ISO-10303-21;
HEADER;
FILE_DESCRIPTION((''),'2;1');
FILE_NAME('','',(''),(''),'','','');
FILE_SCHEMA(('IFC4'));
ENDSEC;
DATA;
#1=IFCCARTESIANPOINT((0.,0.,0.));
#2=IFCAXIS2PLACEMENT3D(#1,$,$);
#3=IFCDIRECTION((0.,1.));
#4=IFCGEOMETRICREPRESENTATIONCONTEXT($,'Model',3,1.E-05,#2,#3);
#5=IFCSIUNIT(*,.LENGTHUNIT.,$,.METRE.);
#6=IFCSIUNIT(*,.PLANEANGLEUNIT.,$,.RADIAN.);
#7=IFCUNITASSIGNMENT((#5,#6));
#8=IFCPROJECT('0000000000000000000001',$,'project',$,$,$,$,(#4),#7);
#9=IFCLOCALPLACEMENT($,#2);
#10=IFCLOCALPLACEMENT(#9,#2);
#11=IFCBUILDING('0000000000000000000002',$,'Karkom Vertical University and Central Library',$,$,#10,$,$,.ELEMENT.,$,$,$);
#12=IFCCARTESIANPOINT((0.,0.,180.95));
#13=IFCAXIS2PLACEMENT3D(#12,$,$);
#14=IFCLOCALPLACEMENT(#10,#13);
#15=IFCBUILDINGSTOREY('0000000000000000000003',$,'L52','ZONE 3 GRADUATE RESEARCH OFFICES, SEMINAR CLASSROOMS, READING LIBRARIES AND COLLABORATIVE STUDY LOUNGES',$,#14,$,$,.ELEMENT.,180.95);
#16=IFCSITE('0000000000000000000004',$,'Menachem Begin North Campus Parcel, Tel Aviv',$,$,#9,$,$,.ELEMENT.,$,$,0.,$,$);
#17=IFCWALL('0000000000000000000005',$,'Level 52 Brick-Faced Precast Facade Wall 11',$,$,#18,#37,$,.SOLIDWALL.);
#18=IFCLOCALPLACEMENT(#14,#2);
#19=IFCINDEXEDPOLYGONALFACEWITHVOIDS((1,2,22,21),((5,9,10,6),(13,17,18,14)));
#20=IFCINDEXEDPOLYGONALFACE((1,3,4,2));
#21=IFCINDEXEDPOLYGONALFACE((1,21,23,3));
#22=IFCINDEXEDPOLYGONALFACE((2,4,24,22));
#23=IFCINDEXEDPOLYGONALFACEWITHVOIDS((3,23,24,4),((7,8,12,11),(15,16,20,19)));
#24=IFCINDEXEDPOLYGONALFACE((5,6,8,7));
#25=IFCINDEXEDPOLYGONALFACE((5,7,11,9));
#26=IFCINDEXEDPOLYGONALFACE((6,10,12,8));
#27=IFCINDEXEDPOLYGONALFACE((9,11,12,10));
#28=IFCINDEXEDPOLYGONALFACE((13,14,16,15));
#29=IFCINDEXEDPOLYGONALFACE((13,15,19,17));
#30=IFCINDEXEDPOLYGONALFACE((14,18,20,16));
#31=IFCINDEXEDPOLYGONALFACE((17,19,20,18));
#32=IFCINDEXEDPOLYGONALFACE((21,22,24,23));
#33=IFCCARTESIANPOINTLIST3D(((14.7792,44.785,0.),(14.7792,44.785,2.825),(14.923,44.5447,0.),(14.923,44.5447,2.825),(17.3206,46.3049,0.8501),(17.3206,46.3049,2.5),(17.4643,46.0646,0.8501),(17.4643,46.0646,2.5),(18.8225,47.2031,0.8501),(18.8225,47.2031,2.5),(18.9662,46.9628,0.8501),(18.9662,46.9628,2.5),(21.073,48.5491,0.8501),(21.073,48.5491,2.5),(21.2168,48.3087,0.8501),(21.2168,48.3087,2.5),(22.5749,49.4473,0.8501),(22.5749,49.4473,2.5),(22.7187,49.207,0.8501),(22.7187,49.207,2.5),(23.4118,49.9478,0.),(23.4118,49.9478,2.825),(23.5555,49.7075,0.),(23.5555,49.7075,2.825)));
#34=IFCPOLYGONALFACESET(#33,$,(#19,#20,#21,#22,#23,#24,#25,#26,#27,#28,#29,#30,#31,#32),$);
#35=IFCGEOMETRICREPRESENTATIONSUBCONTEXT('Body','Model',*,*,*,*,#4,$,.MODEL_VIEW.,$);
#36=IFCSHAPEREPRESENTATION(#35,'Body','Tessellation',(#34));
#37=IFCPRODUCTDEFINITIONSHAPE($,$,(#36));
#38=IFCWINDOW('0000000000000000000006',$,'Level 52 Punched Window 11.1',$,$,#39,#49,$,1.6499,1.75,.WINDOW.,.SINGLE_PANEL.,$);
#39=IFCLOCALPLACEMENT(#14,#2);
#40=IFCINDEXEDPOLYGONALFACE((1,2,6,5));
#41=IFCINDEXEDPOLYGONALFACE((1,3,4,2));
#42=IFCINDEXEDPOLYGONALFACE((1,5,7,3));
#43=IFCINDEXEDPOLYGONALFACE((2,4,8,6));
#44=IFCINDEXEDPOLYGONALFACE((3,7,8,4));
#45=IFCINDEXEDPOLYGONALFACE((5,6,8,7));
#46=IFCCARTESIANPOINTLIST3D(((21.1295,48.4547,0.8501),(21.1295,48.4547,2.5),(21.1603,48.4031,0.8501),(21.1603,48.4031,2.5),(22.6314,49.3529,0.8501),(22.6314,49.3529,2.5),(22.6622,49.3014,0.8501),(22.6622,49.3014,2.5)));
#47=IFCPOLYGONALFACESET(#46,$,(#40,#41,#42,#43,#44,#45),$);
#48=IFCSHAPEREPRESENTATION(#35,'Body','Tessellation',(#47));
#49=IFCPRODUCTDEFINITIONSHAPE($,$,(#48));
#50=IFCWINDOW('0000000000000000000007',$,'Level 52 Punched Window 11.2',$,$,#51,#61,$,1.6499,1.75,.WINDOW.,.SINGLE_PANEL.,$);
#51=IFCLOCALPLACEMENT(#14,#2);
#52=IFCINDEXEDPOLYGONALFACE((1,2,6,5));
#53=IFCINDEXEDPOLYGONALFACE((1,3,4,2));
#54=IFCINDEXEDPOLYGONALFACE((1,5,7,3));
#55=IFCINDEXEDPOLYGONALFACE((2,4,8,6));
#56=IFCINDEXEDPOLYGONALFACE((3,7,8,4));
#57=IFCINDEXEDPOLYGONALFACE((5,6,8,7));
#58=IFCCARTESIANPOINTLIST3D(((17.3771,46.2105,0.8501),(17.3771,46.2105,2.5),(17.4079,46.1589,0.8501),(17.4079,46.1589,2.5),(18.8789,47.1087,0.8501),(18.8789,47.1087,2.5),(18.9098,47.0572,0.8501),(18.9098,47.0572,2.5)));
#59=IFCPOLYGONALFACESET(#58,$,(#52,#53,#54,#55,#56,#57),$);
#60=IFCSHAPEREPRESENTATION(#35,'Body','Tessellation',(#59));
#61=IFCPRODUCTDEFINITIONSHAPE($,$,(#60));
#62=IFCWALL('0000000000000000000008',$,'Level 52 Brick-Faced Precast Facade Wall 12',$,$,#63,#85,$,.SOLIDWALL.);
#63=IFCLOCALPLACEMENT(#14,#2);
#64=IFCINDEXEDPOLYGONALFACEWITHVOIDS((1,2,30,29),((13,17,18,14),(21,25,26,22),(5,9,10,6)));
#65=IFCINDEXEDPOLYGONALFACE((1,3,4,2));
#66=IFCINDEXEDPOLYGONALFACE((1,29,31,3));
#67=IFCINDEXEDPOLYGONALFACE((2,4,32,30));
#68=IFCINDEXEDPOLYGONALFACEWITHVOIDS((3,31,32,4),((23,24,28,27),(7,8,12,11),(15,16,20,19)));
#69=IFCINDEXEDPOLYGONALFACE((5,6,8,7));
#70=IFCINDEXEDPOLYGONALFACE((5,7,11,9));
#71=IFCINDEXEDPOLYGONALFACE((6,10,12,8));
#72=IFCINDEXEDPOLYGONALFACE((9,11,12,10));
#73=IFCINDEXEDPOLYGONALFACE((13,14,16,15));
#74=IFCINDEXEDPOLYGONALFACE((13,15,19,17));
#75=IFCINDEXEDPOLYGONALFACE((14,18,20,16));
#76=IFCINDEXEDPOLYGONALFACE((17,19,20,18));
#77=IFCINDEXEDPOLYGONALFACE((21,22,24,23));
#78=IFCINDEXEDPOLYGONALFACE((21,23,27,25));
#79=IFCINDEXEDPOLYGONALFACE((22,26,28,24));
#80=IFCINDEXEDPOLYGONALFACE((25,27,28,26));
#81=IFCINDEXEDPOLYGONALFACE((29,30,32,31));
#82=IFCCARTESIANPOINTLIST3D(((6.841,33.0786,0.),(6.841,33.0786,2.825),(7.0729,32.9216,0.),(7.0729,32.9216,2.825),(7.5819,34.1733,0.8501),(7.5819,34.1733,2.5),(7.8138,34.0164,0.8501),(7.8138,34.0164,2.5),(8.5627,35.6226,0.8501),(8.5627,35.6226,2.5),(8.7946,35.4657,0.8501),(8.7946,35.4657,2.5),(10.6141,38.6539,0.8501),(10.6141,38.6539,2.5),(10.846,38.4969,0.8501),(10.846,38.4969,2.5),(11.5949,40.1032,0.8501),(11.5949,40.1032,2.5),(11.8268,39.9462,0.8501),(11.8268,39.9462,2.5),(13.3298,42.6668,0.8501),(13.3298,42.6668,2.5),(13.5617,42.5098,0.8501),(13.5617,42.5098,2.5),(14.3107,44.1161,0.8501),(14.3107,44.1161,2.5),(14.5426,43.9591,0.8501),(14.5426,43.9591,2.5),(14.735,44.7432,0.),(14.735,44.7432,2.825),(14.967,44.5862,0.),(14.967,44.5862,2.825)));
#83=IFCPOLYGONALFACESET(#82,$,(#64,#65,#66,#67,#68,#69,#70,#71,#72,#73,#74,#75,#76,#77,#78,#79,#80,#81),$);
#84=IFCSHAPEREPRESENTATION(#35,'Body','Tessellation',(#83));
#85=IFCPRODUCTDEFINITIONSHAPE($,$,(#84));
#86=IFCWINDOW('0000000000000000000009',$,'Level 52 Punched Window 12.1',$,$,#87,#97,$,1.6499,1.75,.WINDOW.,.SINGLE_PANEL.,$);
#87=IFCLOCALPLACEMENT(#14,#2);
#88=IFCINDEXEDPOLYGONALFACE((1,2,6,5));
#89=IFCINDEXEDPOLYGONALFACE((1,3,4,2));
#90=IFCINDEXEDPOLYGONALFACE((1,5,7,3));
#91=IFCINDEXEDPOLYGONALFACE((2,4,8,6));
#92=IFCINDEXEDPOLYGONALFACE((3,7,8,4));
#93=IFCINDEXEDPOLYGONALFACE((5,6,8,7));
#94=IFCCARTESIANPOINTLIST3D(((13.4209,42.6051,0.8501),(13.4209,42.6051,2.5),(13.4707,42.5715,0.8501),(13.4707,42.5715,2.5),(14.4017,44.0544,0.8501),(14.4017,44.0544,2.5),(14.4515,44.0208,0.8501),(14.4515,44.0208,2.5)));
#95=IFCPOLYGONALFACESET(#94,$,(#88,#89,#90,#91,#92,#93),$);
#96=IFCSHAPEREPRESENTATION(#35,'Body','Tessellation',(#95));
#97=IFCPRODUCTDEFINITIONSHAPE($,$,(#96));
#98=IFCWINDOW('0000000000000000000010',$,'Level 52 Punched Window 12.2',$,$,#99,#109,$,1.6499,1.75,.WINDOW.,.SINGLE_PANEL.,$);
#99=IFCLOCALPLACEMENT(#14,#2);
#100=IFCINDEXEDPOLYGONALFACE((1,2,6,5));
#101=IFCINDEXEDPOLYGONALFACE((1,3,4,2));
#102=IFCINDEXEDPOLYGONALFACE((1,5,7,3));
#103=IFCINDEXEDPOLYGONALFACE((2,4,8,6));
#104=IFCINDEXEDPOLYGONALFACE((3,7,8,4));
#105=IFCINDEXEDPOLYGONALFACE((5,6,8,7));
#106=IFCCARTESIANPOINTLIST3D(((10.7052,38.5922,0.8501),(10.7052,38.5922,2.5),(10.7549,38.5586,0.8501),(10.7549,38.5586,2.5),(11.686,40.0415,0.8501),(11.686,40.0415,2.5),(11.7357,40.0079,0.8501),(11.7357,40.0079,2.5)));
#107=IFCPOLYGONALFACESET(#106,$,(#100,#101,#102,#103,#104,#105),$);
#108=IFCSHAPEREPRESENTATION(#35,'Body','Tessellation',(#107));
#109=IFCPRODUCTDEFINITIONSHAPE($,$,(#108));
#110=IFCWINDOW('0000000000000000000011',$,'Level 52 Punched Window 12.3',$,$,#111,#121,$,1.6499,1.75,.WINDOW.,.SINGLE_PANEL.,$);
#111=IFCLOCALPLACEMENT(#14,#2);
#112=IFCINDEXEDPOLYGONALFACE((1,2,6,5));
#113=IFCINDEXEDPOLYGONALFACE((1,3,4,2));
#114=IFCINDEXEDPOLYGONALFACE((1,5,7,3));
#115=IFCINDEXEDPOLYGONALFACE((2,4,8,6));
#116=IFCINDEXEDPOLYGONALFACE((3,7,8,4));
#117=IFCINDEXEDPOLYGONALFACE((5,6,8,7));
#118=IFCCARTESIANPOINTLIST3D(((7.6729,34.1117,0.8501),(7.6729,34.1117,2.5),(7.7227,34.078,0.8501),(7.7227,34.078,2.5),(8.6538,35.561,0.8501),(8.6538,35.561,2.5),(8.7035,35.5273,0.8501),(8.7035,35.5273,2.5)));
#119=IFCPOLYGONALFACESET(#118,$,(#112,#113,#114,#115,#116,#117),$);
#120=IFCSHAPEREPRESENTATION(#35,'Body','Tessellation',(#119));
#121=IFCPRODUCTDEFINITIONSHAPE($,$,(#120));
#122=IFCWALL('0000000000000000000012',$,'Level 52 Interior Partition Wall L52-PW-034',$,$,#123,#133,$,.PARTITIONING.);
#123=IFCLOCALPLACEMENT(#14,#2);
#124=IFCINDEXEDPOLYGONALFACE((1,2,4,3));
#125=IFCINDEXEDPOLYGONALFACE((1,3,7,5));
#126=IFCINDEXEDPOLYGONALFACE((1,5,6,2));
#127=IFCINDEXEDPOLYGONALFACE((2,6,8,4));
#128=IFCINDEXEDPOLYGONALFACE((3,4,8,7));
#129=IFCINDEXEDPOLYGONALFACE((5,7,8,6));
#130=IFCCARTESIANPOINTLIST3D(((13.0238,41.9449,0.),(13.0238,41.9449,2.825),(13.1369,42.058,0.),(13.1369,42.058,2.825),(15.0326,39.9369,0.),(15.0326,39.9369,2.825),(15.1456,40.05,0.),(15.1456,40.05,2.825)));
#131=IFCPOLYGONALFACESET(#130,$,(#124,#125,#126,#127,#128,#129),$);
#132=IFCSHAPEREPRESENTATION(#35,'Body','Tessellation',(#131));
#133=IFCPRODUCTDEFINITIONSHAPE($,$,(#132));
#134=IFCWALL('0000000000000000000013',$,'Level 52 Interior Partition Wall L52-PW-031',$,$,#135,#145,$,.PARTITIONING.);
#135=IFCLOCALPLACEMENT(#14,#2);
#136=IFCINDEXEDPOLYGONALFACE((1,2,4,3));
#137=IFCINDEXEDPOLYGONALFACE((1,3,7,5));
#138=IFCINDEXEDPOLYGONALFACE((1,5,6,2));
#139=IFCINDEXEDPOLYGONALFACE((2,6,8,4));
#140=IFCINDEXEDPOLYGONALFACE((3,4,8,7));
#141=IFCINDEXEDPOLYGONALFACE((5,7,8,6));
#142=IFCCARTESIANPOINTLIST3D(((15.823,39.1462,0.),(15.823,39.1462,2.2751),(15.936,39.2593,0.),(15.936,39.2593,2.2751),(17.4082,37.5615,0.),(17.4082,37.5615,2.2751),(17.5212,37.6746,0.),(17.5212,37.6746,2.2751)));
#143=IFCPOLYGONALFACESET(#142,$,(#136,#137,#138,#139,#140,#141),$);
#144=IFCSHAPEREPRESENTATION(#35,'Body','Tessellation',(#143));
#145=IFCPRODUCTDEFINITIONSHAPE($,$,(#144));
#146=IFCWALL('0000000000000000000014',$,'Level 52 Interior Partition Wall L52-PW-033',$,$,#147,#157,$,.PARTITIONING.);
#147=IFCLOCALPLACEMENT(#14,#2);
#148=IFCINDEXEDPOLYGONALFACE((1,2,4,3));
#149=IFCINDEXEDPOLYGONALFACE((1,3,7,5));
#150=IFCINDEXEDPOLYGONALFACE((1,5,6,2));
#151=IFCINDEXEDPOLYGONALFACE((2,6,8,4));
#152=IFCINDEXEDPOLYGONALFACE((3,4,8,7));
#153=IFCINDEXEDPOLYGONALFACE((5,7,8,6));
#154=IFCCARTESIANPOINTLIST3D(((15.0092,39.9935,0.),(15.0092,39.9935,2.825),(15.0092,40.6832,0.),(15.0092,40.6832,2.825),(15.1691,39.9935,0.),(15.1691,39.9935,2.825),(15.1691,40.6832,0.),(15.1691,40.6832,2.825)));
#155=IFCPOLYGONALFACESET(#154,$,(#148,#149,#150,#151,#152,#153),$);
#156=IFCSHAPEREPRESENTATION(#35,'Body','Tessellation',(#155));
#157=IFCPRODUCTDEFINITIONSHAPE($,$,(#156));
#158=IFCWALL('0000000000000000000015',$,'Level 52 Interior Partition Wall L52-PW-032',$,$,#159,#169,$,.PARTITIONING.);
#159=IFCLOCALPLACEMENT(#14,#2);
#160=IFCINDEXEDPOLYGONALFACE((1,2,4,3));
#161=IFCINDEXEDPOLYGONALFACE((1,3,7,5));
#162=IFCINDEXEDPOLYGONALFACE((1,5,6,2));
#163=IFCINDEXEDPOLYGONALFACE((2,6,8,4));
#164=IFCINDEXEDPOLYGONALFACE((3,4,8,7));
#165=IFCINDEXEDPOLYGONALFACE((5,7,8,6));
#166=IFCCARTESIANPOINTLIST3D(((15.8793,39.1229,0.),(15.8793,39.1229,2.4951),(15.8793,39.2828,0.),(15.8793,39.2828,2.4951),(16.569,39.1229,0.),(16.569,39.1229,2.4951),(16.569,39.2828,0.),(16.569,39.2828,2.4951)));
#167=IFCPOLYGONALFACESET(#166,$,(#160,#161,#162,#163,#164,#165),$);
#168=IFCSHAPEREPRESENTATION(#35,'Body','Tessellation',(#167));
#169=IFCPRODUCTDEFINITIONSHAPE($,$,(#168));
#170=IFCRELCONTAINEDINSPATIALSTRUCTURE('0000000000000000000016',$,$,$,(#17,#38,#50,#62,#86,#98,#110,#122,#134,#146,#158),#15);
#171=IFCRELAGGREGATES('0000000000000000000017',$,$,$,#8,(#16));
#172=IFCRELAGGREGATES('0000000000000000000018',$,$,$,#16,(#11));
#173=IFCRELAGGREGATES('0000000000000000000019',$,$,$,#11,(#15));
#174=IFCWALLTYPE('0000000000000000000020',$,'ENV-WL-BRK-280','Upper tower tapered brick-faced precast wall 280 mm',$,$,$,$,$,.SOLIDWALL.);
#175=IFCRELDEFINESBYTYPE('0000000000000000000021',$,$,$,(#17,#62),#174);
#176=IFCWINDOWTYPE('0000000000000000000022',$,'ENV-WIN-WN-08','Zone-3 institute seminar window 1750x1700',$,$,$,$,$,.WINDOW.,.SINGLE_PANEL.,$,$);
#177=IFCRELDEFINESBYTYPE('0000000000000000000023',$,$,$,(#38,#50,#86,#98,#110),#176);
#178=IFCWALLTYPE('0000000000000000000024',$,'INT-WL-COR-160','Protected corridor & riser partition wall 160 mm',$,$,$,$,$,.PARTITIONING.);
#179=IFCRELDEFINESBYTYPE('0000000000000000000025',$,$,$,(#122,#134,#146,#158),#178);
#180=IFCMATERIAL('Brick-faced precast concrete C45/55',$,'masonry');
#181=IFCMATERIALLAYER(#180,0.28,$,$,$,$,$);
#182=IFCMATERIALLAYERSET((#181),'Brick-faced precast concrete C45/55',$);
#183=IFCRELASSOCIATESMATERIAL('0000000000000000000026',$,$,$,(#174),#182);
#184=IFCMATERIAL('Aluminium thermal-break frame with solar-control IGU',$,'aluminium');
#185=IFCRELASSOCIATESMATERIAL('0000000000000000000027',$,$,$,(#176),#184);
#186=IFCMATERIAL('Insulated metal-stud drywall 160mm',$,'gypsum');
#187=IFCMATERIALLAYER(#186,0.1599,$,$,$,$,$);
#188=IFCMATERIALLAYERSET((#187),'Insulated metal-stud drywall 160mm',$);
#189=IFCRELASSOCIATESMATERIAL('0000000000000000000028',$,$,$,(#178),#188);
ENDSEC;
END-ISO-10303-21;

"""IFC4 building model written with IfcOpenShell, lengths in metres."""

from ifc_helpers import new_model, si_unit, direction, frame, frame_2d, origin, origin_with_axes, place, context, subcontext, project, spatial, rectangle, extrude, source, transform, mapped, material, layer, layer_set, type_object, element, fill, save


model = new_model("IFC4")

# Units and contexts
model_context = context("Model", 3, precision=1e-05, world=origin(), true_north=direction((0.0, 1.0)))
body_context = subcontext(model_context, "Body", "Model", "MODEL_VIEW")
ifc_project = project(units=[si_unit("LENGTHUNIT", "METRE"), si_unit("PLANEANGLEUNIT", "RADIAN")], contexts=[model_context])

# Site, building, storey
site_placement = place(None, origin())
site = spatial("IfcSite", under=ifc_project, at=site_placement, Name="Menachem Begin North Campus Parcel, Tel Aviv", CompositionType="ELEMENT", RefElevation=0.0)
building_placement = place(site_placement, origin())
building = spatial("IfcBuilding", under=site, at=building_placement, Name="Karkom Vertical University and Central Library", CompositionType="ELEMENT")
storey_placement = place(building_placement, frame((0.0, 0.0, 180.95)))
storey = spatial("IfcBuildingStorey", under=building, at=storey_placement, Name="L52", Description="ZONE 3 GRADUATE RESEARCH OFFICES, SEMINAR CLASSROOMS, READING LIBRARIES AND COLLABORATIVE STUDY LOUNGES", CompositionType="ELEMENT", Elevation=180.95)

# Walls, openings, windows
ifc_material_1 = material(Name="Brick-faced precast concrete C45/55", Category="masonry")
ifc_layer_1 = layer(ifc_material_1, 0.28)
ifc_layer_set_1 = layer_set([ifc_layer_1], Name="Brick-faced precast concrete C45/55")
wall_type_1 = type_object("IfcWallType", Name="ENV-WL-BRK-280", Description="Upper tower tapered brick-faced precast wall 280 mm", PredefinedType="SOLIDWALL", material=ifc_layer_set_1)
wall_1_placement = place(storey_placement, frame((23.4836, 49.8276, 0.0), z_axis=(0.0, 0.0, 1.0), x_axis=(-0.858224, -0.513275, 0.0)))
wall_1 = element("IfcWall", 1, at=wall_1_placement, inside=storey, type_object=wall_type_1, Name="Level 52 Brick-Faced Precast Facade Wall 11", PredefinedType="SOLIDWALL", context=body_context, shape_type="SweptSolid", body=[
    extrude(rectangle(XDim=10.0586, YDim=0.28, at=frame_2d((5.0293, 0.0))), origin(), (0.0, 0.0, 1.0), 2.825),
])
opening_1_placement = place(wall_1_placement, frame((0.9751, 0.0, 0.8501)))
opening_1 = element("IfcOpeningElement", 2, at=opening_1_placement, cuts=wall_1, PredefinedType="OPENING", context=body_context, shape_type="SweptSolid", body=[
    extrude(rectangle(XDim=1.75, YDim=1.6499, at=frame_2d((0.875, 0.825))), frame((0.0, 0.1499, 0.0), z_axis=(0.0, -1.0, 0.0), x_axis=(1.0, 0.0, 0.0)), (0.0, 0.0, 1.0), 0.3),
])
opening_2_placement = place(wall_1_placement, frame((5.3474, 0.0, 0.8501)))
opening_2 = element("IfcOpeningElement", 3, at=opening_2_placement, cuts=wall_1, PredefinedType="OPENING", context=body_context, shape_type="SweptSolid", body=[
    extrude(rectangle(XDim=1.75, YDim=1.6499, at=frame_2d((0.875, 0.825))), frame((0.0, 0.1499, 0.0), z_axis=(0.0, -1.0, 0.0), x_axis=(1.0, 0.0, 0.0)), (0.0, 0.0, 1.0), 0.3),
])
ifc_material_2 = material(Name="Aluminium thermal-break frame with solar-control IGU", Category="aluminium")
window_type = type_object("IfcWindowType", Name="ENV-WIN-WN-08", Description="Zone-3 institute seminar window 1750x1700", PartitioningType="SINGLE_PANEL", PredefinedType="WINDOW", material=ifc_material_2)
shared_shape_1 = source(origin_with_axes(), body_context, "Body", "SweptSolid", [
    extrude(rectangle(XDim=1.75, YDim=1.6499, at=frame_2d((0.875, 0.825))), frame((0.0, 0.03, 0.0), z_axis=(0.0, -1.0, 0.0), x_axis=(1.0, 0.0, 0.0)), (0.0, 0.0, 1.0), 0.0601),
])
window_1_placement = place(opening_1_placement, origin())
window_1 = element("IfcWindow", 4, at=window_1_placement, inside=storey, type_object=window_type, Name="Level 52 Punched Window 11.1", OverallHeight=1.6499, OverallWidth=1.75, PartitioningType="SINGLE_PANEL", PredefinedType="WINDOW", context=body_context, shape_type="MappedRepresentation", body=[
    mapped(shared_shape_1, transform((0.0, 0.0, 0.0), scale=1.0)),
])
fill(opening_1, window_1)
window_2_placement = place(opening_2_placement, origin())
window_2 = element("IfcWindow", 5, at=window_2_placement, inside=storey, type_object=window_type, Name="Level 52 Punched Window 11.2", OverallHeight=1.6499, OverallWidth=1.75, PartitioningType="SINGLE_PANEL", PredefinedType="WINDOW", context=body_context, shape_type="MappedRepresentation", body=[
    mapped(shared_shape_1, transform((0.0, 0.0, 0.0), scale=1.0)),
])
fill(opening_2, window_2)
wall_2_placement = place(storey_placement, frame((14.8511, 44.6648, 0.0), z_axis=(0.0, 0.0, 1.0), x_axis=(-0.560471, -0.828174, 0.0)))
wall_2 = element("IfcWall", 6, at=wall_2_placement, inside=storey, type_object=wall_type_1, Name="Level 52 Brick-Faced Precast Facade Wall 12", PredefinedType="SOLIDWALL", context=body_context, shape_type="SweptSolid", body=[
    extrude(rectangle(XDim=14.0847, YDim=0.28, at=frame_2d((7.0425, 0.0))), origin(), (0.0, 0.0, 1.0), 2.825),
])
opening_3_placement = place(wall_2_placement, frame((0.7573, 0.0, 0.8501)))
opening_3 = element("IfcOpeningElement", 7, at=opening_3_placement, cuts=wall_2, PredefinedType="OPENING", context=body_context, shape_type="SweptSolid", body=[
    extrude(rectangle(XDim=1.75, YDim=1.6499, at=frame_2d((0.875, 0.825))), frame((0.0, 0.1499, 0.0), z_axis=(0.0, -1.0, 0.0), x_axis=(1.0, 0.0, 0.0)), (0.0, 0.0, 1.0), 0.3),
])
opening_4_placement = place(wall_2_placement, frame((5.6028, 0.0, 0.8501)))
opening_4 = element("IfcOpeningElement", 8, at=opening_4_placement, cuts=wall_2, PredefinedType="OPENING", context=body_context, shape_type="SweptSolid", body=[
    extrude(rectangle(XDim=1.75, YDim=1.6499, at=frame_2d((0.875, 0.825))), frame((0.0, 0.1499, 0.0), z_axis=(0.0, -1.0, 0.0), x_axis=(1.0, 0.0, 0.0)), (0.0, 0.0, 1.0), 0.3),
])
opening_5_placement = place(wall_2_placement, frame((11.0129, 0.0, 0.8501)))
opening_5 = element("IfcOpeningElement", 9, at=opening_5_placement, cuts=wall_2, PredefinedType="OPENING", context=body_context, shape_type="SweptSolid", body=[
    extrude(rectangle(XDim=1.75, YDim=1.6499, at=frame_2d((0.875, 0.825))), frame((0.0, 0.1499, 0.0), z_axis=(0.0, -1.0, 0.0), x_axis=(1.0, 0.0, 0.0)), (0.0, 0.0, 1.0), 0.3),
])
window_3_placement = place(opening_3_placement, origin())
window_3 = element("IfcWindow", 10, at=window_3_placement, inside=storey, type_object=window_type, Name="Level 52 Punched Window 12.1", OverallHeight=1.6499, OverallWidth=1.75, PartitioningType="SINGLE_PANEL", PredefinedType="WINDOW", context=body_context, shape_type="MappedRepresentation", body=[
    mapped(shared_shape_1, transform((0.0, 0.0, 0.0), scale=1.0)),
])
fill(opening_3, window_3)
window_4_placement = place(opening_4_placement, origin())
window_4 = element("IfcWindow", 11, at=window_4_placement, inside=storey, type_object=window_type, Name="Level 52 Punched Window 12.2", OverallHeight=1.6499, OverallWidth=1.75, PartitioningType="SINGLE_PANEL", PredefinedType="WINDOW", context=body_context, shape_type="MappedRepresentation", body=[
    mapped(shared_shape_1, transform((0.0, 0.0, 0.0), scale=1.0)),
])
fill(opening_4, window_4)
window_5_placement = place(opening_5_placement, origin())
window_5 = element("IfcWindow", 12, at=window_5_placement, inside=storey, type_object=window_type, Name="Level 52 Punched Window 12.3", OverallHeight=1.6499, OverallWidth=1.75, PartitioningType="SINGLE_PANEL", PredefinedType="WINDOW", context=body_context, shape_type="MappedRepresentation", body=[
    mapped(shared_shape_1, transform((0.0, 0.0, 0.0), scale=1.0)),
])
fill(opening_5, window_5)

# Shared definitions
ifc_material_3 = material(Name="Insulated metal-stud drywall 160mm", Category="gypsum")
ifc_layer_2 = layer(ifc_material_3, 0.1599)
ifc_layer_set_2 = layer_set([ifc_layer_2], Name="Insulated metal-stud drywall 160mm")
wall_type_2 = type_object("IfcWallType", Name="INT-WL-COR-160", Description="Protected corridor & riser partition wall 160 mm", PredefinedType="PARTITIONING", material=ifc_layer_set_2)

# Walls
wall_3_placement = place(storey_placement, frame((15.0891, 39.9934, 0.0), z_axis=(0.0, 0.0, 1.0), x_axis=(-0.707236, 0.706978, 0.0)))
element("IfcWall", 13, at=wall_3_placement, inside=storey, type_object=wall_type_2, Name="Level 52 Interior Partition Wall L52-PW-034", PredefinedType="PARTITIONING", context=body_context, shape_type="SweptSolid", body=[
    extrude(rectangle(XDim=2.8403, YDim=0.1599, at=frame_2d((1.4202, 0.0))), origin(), (0.0, 0.0, 1.0), 2.825),
])
wall_4_placement = place(storey_placement, frame((17.4646, 37.6182, 0.0), z_axis=(0.0, 0.0, 1.0), x_axis=(-0.707216, 0.706998, 0.0)))
element("IfcWall", 14, at=wall_4_placement, inside=storey, type_object=wall_type_2, Name="Level 52 Interior Partition Wall L52-PW-031", PredefinedType="PARTITIONING", context=body_context, shape_type="SweptSolid", body=[
    extrude(rectangle(XDim=2.2415, YDim=0.1599, at=frame_2d((1.1206, 0.0))), origin(), (0.0, 0.0, 1.0), 2.2751),
])
wall_5_placement = place(storey_placement, frame((15.0891, 40.6831, 0.0), z_axis=(0.0, 0.0, 1.0), x_axis=(0.0, -1.0, 0.0)))
element("IfcWall", 15, at=wall_5_placement, inside=storey, type_object=wall_type_2, Name="Level 52 Interior Partition Wall L52-PW-033", PredefinedType="PARTITIONING", context=body_context, shape_type="SweptSolid", body=[
    extrude(rectangle(XDim=0.6897, YDim=0.1599, at=frame_2d((0.3447, 0.0))), origin(), (0.0, 0.0, 1.0), 2.825),
])
wall_6_placement = place(storey_placement, frame((15.8794, 39.2029, 0.0), z_axis=(0.0, 0.0, 1.0), x_axis=(1.0, 0.0, 0.0)))
element("IfcWall", 16, at=wall_6_placement, inside=storey, type_object=wall_type_2, Name="Level 52 Interior Partition Wall L52-PW-032", PredefinedType="PARTITIONING", context=body_context, shape_type="SweptSolid", body=[
    extrude(rectangle(XDim=0.6897, YDim=0.1599, at=frame_2d((0.3447, 0.0))), origin(), (0.0, 0.0, 1.0), 2.4951),
])

save(model, "model.ifc")
